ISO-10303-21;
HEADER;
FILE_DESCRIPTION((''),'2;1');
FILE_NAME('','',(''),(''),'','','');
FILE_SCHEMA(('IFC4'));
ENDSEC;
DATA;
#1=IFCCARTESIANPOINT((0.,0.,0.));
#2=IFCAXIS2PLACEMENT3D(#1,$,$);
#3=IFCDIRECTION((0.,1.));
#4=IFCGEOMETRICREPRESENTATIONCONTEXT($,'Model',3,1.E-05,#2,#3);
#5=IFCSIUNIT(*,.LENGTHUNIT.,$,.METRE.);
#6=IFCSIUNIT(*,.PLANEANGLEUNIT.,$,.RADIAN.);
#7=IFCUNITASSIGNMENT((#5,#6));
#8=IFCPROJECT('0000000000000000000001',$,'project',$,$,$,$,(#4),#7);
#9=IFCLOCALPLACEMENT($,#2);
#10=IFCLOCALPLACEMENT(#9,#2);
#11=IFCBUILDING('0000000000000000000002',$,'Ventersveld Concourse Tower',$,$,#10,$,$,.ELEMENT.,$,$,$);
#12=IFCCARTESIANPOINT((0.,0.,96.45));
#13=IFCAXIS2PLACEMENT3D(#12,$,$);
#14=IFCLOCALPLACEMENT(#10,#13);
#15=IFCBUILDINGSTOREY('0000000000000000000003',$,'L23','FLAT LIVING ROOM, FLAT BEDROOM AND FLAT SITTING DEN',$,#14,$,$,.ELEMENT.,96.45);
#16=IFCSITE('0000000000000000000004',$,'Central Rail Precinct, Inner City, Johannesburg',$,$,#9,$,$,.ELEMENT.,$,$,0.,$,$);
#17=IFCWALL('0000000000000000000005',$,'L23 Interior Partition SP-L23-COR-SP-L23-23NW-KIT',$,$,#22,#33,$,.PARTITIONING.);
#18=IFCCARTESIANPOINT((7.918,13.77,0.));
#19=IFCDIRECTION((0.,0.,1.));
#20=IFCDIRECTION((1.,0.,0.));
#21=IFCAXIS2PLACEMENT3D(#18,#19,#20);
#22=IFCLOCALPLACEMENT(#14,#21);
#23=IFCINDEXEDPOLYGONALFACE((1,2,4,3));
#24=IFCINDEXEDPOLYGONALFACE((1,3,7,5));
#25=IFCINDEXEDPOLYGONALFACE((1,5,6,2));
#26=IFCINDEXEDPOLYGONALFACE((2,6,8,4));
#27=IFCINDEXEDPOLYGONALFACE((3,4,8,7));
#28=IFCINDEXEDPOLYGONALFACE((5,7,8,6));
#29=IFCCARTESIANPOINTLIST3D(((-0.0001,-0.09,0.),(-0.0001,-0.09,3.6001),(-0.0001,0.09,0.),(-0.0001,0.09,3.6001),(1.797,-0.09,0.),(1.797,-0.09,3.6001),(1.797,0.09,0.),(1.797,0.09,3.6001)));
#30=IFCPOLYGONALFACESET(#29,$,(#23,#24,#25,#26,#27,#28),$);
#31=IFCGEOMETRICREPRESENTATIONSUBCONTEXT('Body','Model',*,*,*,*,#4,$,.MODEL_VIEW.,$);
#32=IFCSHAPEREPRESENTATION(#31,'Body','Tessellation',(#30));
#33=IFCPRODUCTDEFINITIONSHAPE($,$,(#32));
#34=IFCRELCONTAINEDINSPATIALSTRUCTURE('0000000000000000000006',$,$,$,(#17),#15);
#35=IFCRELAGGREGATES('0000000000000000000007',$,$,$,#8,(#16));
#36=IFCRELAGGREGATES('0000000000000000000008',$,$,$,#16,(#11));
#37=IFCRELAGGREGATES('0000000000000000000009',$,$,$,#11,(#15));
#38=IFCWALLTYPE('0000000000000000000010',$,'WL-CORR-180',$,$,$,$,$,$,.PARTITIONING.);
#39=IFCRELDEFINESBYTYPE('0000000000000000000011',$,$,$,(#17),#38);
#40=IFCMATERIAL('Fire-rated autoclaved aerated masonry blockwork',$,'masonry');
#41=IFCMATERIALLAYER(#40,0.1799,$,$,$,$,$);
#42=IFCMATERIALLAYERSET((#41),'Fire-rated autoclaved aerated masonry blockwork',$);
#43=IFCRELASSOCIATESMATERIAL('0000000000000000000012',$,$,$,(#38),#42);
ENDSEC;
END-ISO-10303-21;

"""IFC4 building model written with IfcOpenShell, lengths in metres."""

from ifc_helpers import new_model, si_unit, direction, frame, frame_2d, origin, place, context, subcontext, project, spatial, rectangle, extrude, material, layer, layer_set, type_object, element, save


model = new_model("IFC4")

# Units and contexts
model_context = context("Model", 3, precision=1e-05, world=origin(), true_north=direction((0.0, 1.0)))
body_context = subcontext(model_context, "Body", "Model", "MODEL_VIEW")
ifc_project = project(units=[si_unit("LENGTHUNIT", "METRE"), si_unit("PLANEANGLEUNIT", "RADIAN")], contexts=[model_context])

# Site, building, storey
site_placement = place(None, origin())
site = spatial("IfcSite", under=ifc_project, at=site_placement, Name="Central Rail Precinct, Inner City, Johannesburg", CompositionType="ELEMENT", RefElevation=0.0)
building_placement = place(site_placement, origin())
building = spatial("IfcBuilding", under=site, at=building_placement, Name="Ventersveld Concourse Tower", CompositionType="ELEMENT")
storey_placement = place(building_placement, frame((0.0, 0.0, 96.45)))
storey = spatial("IfcBuildingStorey", under=building, at=storey_placement, Name="L23", Description="FLAT LIVING ROOM, FLAT BEDROOM AND FLAT SITTING DEN", CompositionType="ELEMENT", Elevation=96.45)

# Shared definitions
ifc_material_1 = material(Name="Fire-rated autoclaved aerated masonry blockwork", Category="masonry")
ifc_layer_1 = layer(ifc_material_1, 0.1799)
ifc_layer_set_1 = layer_set([ifc_layer_1], Name="Fire-rated autoclaved aerated masonry blockwork")
wall_type_1 = type_object("IfcWallType", Name="WL-CORR-180", PredefinedType="PARTITIONING", material=ifc_layer_set_1)

# Wall
wall_1_placement = place(storey_placement, frame((7.918, 13.77, 0.0), z_axis=(0.0, 0.0, 1.0), x_axis=(1.0, 0.0, 0.0)))
element("IfcWall", 1, at=wall_1_placement, inside=storey, type_object=wall_type_1, Name="L23 Interior Partition SP-L23-COR-SP-L23-23NW-KIT", PredefinedType="PARTITIONING", context=body_context, shape_type="SweptSolid", body=[
    extrude(rectangle(XDim=1.7971, YDim=0.1799, at=frame_2d((0.8984, 0.0))), origin(), (0.0, 0.0, 1.0), 3.6001),
])

save(model, "model.ifc")
